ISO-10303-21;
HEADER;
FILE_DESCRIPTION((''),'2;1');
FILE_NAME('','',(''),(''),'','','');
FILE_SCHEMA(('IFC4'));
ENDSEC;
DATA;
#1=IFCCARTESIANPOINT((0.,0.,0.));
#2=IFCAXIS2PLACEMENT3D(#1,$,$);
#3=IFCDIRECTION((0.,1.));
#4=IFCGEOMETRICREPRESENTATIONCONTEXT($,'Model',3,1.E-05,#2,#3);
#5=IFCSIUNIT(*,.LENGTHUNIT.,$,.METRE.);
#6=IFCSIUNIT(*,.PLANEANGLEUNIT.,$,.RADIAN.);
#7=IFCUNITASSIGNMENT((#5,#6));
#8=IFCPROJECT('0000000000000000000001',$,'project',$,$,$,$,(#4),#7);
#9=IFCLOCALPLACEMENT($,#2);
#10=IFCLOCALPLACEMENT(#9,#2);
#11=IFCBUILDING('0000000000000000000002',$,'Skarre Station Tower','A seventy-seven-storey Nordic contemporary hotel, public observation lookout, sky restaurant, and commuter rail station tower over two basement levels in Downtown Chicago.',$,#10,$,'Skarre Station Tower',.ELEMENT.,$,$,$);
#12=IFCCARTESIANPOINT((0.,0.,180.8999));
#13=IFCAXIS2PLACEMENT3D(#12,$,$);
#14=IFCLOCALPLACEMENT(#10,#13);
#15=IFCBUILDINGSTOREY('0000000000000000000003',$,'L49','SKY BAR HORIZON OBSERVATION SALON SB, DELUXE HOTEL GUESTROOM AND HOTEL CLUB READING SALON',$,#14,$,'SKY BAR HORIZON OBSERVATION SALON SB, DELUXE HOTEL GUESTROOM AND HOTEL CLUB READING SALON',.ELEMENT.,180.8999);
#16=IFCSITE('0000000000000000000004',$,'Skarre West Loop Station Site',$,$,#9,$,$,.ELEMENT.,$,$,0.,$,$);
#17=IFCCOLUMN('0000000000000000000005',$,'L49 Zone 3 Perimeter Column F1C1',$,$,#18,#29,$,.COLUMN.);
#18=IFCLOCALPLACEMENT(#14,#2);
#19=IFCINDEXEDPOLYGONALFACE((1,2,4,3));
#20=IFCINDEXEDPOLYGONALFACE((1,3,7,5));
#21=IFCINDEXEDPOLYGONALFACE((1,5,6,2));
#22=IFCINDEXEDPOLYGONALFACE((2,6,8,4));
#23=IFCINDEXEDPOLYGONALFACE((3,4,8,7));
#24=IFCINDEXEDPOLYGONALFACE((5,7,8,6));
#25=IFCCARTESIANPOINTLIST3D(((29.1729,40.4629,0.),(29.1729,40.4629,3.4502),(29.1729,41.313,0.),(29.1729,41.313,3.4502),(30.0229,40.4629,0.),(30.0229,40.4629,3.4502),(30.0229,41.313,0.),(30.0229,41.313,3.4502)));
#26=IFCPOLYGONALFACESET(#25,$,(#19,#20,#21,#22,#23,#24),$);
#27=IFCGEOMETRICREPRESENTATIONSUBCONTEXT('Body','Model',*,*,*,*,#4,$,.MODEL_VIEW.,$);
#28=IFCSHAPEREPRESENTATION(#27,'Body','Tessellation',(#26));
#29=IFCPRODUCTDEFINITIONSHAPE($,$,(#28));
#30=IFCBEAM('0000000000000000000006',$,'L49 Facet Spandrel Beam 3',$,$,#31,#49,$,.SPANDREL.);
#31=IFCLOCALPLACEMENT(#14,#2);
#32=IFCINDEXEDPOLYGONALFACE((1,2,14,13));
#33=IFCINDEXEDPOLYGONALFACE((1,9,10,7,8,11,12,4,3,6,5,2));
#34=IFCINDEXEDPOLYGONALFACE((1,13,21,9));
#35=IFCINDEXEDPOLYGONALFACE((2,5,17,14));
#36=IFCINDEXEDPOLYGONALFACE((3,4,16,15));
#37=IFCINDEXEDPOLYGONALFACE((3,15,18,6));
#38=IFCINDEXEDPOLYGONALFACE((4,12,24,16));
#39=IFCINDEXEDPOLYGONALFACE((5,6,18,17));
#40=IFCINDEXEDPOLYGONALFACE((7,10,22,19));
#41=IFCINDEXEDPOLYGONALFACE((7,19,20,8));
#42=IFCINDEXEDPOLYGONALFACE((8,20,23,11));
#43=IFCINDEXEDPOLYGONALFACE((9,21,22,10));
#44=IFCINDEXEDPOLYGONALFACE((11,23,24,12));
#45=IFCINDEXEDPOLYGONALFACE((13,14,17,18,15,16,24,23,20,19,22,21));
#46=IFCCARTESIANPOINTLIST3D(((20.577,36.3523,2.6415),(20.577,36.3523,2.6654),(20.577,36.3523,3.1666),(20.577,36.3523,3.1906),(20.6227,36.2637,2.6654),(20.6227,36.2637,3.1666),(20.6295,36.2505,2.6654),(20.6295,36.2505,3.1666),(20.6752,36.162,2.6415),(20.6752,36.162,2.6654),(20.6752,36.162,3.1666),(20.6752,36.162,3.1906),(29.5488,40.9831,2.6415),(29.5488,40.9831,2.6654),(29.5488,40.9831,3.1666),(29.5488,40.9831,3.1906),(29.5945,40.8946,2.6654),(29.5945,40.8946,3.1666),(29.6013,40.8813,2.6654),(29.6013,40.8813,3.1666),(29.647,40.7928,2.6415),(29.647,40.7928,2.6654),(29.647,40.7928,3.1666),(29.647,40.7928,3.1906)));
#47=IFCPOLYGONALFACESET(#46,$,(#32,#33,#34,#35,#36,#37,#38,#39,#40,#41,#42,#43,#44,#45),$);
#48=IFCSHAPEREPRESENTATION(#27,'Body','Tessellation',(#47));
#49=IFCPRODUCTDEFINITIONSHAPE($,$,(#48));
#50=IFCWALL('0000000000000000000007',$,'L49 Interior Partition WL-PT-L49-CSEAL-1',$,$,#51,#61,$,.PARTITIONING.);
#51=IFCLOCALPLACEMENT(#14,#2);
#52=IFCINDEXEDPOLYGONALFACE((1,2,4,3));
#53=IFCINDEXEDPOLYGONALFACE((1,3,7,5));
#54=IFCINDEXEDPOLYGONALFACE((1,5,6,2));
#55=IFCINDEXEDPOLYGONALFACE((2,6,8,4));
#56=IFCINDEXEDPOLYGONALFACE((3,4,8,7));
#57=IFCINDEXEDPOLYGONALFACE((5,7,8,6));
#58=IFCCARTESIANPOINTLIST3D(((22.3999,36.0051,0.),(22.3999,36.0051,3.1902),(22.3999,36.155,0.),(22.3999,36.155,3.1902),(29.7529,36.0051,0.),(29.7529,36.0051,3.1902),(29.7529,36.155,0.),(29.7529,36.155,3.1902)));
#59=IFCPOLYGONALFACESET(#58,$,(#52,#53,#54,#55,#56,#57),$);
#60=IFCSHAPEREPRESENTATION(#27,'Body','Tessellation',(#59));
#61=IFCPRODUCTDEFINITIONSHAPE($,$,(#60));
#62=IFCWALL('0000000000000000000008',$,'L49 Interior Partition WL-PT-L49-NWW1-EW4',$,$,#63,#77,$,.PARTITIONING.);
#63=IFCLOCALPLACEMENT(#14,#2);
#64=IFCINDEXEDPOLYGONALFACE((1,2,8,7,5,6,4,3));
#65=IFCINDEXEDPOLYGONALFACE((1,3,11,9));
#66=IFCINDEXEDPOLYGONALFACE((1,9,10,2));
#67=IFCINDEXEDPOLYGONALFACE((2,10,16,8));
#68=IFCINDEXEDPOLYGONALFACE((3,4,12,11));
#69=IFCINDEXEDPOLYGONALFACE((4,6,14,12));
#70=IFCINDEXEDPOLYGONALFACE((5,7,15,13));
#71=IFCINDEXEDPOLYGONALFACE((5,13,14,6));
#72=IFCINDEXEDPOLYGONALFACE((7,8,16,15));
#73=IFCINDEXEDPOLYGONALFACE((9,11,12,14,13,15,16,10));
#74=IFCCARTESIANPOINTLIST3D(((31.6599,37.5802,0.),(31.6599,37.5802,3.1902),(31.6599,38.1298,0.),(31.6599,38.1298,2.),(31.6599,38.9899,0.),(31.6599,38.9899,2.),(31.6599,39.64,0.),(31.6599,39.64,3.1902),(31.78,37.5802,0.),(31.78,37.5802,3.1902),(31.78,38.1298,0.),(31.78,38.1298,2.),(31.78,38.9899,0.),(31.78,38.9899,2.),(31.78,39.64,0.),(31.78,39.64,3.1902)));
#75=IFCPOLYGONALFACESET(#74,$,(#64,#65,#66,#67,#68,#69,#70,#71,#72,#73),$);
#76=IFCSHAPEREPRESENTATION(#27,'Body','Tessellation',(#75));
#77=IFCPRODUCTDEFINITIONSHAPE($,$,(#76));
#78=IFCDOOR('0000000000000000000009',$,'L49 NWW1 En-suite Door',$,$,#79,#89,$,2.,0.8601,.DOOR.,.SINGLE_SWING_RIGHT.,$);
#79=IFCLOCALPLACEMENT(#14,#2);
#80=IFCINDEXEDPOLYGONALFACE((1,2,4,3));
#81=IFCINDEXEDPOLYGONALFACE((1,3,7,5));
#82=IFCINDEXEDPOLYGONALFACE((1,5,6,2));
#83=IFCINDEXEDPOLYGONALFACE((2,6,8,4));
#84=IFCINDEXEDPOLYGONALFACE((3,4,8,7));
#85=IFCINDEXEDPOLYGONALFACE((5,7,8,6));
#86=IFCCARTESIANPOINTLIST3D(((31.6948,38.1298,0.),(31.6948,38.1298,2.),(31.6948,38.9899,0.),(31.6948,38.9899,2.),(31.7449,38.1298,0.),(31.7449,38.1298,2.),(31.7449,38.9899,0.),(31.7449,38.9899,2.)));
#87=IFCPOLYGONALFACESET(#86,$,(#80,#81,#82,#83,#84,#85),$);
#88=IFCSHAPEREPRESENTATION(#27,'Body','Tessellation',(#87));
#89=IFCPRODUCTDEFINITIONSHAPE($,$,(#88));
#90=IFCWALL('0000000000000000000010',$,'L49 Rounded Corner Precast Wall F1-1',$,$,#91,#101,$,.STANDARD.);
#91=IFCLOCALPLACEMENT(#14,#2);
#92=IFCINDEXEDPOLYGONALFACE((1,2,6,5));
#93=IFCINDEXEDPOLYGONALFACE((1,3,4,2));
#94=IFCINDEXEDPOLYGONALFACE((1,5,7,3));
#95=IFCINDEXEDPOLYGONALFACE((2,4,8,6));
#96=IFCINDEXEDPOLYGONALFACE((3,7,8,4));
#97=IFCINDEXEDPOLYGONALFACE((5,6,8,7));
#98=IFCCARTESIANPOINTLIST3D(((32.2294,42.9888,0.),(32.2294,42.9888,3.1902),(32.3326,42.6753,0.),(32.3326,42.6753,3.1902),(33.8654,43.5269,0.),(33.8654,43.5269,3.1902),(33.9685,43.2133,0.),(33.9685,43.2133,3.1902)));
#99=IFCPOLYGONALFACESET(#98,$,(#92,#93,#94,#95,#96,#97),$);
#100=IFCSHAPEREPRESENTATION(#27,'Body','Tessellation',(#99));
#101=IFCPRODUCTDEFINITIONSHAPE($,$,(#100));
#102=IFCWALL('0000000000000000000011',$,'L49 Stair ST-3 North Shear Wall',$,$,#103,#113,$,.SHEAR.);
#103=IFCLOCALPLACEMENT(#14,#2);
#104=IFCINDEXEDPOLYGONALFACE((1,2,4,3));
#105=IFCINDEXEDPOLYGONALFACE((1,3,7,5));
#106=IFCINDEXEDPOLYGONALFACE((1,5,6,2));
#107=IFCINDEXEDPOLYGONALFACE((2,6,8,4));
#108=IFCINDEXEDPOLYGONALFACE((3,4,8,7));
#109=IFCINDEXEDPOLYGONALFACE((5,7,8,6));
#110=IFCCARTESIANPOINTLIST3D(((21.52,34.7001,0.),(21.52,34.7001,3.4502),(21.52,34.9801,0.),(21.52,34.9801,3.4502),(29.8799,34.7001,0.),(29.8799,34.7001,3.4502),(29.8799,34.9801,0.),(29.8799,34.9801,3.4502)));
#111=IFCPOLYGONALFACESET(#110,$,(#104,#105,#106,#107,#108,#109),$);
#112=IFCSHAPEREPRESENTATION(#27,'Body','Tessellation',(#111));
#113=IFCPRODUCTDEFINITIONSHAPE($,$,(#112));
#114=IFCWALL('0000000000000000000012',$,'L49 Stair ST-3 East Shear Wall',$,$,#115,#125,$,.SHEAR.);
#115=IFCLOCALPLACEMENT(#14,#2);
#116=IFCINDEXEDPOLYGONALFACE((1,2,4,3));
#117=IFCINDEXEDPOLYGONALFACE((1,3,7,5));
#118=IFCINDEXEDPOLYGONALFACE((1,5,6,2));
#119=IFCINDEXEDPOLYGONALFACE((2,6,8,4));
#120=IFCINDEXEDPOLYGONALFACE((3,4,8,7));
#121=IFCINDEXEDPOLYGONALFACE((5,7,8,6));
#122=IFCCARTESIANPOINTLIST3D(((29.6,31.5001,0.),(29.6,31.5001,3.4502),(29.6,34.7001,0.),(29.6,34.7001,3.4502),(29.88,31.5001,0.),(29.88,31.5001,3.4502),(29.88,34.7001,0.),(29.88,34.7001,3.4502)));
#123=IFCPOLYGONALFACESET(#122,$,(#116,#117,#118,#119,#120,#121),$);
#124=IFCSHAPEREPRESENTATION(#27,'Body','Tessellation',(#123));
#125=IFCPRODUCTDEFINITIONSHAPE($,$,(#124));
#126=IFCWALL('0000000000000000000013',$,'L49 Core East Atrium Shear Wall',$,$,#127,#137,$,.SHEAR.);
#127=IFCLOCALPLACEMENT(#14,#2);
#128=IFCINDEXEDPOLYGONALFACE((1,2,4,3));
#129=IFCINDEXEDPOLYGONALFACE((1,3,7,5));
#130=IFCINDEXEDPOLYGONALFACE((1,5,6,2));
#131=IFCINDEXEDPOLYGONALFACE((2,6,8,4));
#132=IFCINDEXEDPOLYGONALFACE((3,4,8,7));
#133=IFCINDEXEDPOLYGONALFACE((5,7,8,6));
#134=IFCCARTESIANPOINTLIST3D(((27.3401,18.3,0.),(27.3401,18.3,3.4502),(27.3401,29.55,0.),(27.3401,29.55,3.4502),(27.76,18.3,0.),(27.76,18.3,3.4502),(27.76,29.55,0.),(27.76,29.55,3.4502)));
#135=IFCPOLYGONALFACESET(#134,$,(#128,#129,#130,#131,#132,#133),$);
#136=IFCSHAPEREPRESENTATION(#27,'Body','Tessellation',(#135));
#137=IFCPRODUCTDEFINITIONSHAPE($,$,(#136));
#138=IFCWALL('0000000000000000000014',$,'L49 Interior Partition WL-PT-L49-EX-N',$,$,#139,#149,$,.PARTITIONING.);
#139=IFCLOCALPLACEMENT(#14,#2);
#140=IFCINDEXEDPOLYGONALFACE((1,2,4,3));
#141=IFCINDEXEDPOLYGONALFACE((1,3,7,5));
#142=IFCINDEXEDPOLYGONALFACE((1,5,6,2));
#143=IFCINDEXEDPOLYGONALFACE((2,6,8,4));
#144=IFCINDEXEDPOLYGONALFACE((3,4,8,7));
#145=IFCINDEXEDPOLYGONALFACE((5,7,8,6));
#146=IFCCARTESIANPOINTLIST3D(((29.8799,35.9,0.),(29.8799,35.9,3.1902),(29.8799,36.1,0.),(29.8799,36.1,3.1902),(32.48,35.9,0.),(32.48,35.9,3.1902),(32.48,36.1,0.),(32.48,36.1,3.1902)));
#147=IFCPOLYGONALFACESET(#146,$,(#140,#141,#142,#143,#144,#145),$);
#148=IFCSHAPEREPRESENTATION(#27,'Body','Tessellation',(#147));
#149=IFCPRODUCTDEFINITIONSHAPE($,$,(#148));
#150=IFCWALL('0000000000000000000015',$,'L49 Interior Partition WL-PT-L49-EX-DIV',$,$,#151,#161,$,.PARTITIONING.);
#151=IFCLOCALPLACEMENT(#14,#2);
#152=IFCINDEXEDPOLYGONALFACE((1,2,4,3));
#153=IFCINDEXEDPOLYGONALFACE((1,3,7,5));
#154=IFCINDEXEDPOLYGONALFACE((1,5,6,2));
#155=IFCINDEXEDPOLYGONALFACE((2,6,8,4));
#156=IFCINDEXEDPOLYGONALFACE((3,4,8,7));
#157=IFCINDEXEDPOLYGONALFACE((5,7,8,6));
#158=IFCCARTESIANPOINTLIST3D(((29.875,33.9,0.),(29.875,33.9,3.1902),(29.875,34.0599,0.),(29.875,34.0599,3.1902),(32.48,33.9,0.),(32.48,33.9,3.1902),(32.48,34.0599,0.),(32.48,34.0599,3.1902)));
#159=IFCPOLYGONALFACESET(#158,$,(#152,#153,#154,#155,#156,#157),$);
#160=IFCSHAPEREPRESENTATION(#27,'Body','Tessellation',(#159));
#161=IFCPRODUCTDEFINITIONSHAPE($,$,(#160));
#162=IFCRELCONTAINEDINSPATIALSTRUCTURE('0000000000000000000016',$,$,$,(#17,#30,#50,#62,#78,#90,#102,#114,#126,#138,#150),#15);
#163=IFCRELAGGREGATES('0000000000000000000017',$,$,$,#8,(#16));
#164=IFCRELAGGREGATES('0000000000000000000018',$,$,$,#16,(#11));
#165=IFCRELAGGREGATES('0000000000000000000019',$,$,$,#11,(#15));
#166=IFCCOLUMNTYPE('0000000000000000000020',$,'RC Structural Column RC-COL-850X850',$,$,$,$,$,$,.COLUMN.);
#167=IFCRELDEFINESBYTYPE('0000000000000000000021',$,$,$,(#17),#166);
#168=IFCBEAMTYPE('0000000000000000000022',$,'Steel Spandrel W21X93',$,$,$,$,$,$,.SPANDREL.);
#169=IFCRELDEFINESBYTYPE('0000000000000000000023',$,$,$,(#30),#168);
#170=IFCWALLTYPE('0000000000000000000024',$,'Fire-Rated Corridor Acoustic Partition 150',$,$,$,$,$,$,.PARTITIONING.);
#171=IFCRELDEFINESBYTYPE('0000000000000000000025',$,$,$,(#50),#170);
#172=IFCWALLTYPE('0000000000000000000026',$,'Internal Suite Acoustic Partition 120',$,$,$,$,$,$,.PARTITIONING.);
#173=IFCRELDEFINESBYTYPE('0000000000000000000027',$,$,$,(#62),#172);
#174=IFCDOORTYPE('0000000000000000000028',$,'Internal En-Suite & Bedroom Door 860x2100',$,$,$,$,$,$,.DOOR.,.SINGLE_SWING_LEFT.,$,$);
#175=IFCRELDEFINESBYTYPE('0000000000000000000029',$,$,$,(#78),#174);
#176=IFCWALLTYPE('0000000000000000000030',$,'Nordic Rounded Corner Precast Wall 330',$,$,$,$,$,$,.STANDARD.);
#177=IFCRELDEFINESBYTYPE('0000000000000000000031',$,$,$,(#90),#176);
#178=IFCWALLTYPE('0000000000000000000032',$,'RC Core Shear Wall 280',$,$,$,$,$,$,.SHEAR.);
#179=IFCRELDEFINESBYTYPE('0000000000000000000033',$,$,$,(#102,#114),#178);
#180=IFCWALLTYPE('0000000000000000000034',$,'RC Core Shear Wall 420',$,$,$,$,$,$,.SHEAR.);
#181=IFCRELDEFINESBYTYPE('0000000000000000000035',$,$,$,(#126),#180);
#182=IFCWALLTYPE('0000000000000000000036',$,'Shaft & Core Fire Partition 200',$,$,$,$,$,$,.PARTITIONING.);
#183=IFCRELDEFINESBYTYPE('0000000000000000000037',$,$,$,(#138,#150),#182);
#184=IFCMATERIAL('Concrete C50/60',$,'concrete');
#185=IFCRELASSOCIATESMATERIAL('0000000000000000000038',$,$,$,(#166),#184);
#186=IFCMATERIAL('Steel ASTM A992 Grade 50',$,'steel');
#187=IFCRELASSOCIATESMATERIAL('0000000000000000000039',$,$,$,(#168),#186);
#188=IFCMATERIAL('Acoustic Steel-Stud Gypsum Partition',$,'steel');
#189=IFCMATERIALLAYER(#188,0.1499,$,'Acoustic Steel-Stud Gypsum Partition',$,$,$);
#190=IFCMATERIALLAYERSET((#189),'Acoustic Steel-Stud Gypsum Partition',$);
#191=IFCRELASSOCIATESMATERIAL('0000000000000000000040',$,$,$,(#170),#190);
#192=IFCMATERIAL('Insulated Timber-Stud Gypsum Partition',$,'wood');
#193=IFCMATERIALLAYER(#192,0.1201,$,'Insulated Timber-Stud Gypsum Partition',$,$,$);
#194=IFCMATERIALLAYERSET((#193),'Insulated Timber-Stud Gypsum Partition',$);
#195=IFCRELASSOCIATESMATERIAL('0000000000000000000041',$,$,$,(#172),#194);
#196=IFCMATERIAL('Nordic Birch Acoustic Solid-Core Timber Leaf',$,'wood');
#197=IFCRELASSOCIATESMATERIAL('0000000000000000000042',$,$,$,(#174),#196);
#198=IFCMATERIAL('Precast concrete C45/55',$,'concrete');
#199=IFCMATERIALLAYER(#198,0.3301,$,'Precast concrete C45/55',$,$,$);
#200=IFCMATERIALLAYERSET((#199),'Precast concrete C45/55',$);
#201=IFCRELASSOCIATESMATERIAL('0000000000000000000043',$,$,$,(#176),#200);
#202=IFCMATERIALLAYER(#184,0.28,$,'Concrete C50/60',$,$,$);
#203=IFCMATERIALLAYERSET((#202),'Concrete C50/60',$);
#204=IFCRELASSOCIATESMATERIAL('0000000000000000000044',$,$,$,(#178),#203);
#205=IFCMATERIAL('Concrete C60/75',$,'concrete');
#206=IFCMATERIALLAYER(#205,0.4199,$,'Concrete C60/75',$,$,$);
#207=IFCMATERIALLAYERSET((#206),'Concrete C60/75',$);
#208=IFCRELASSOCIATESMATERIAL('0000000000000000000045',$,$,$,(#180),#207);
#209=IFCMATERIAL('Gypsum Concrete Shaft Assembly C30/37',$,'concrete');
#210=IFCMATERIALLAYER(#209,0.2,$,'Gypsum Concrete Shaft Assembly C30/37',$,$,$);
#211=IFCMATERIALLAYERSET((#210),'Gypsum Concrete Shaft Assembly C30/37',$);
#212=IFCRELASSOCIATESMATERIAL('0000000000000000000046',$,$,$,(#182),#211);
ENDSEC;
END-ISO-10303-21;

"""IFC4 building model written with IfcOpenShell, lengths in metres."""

from ifc_helpers import new_model, si_unit, direction, frame, frame_2d, origin, origin_2d, place, context, subcontext, project, spatial, rectangle, i_section, extrude, material, layer, layer_set, material_profile, profile_set, type_object, element, fill, save


model = new_model("IFC4")

# Units and contexts
model_context = context("Model", 3, precision=1e-05, world=origin(), true_north=direction((0.0, 1.0)))
body_context = subcontext(model_context, "Body", "Model", "MODEL_VIEW")
ifc_project = project(units=[si_unit("LENGTHUNIT", "METRE"), si_unit("PLANEANGLEUNIT", "RADIAN")], contexts=[model_context])

# Site, building, storey
site_placement = place(None, origin())
site = spatial("IfcSite", under=ifc_project, at=site_placement, Name="Skarre West Loop Station Site", CompositionType="ELEMENT", RefElevation=0.0)
building_placement = place(site_placement, origin())
building = spatial("IfcBuilding", under=site, at=building_placement, Name="Skarre Station Tower", Description="A seventy-seven-storey Nordic contemporary hotel, public observation lookout, sky restaurant, and commuter rail station tower over two basement levels in Downtown Chicago.", LongName="Skarre Station Tower", CompositionType="ELEMENT")
storey_placement = place(building_placement, frame((0.0, 0.0, 180.8999)))
storey = spatial("IfcBuildingStorey", under=building, at=storey_placement, Name="L49", Description="SKY BAR HORIZON OBSERVATION SALON SB, DELUXE HOTEL GUESTROOM AND HOTEL CLUB READING SALON", LongName="SKY BAR HORIZON OBSERVATION SALON SB, DELUXE HOTEL GUESTROOM AND HOTEL CLUB READING SALON", CompositionType="ELEMENT", Elevation=180.8999)

# Column
ifc_material_1 = material(Name="Concrete C50/60", Category="concrete")
ifc_material_profile_1 = material_profile(ifc_material_1, rectangle(XDim=0.8501, YDim=0.8501, at=origin_2d()), Name="Concrete C50/60")
ifc_profile_set_1 = profile_set([ifc_material_profile_1], Name="Concrete C50/60")
column_type = type_object("IfcColumnType", Name="RC Structural Column RC-COL-850X850", PredefinedType="COLUMN", material=ifc_profile_set_1)
column_placement = place(storey_placement, frame((29.5979, 40.8879, 0.0), z_axis=(0.0, 0.0, 1.0), x_axis=(1.0, 0.0, 0.0)))
element("IfcColumn", 1, at=column_placement, inside=storey, type_object=column_type, Name="L49 Zone 3 Perimeter Column F1C1", PredefinedType="COLUMN", context=body_context, shape_type="SweptSolid", body=[
    extrude(rectangle(XDim=0.8501, YDim=0.8501, at=origin_2d()), origin(), (0.0, 0.0, 1.0), 3.4502),
])

# Beam
ifc_material_2 = material(Name="Steel ASTM A992 Grade 50", Category="steel")
ifc_material_profile_2 = material_profile(ifc_material_2, i_section(OverallWidth=0.2141, OverallDepth=0.5491, WebThickness=0.0149, FlangeThickness=0.0239, at=origin_2d()), Name="Steel ASTM A992 Grade 50")
ifc_profile_set_2 = profile_set([ifc_material_profile_2], Name="Steel ASTM A992 Grade 50")
beam_type = type_object("IfcBeamType", Name="Steel Spandrel W21X93", PredefinedType="SPANDREL", material=ifc_profile_set_2)
beam_placement = place(storey_placement, frame((29.5979, 40.8879, 2.916), z_axis=(-0.888613, -0.458658, 0.0), x_axis=(0.458658, -0.888613, 0.0)))
element("IfcBeam", 2, at=beam_placement, inside=storey, type_object=beam_type, Name="L49 Facet Spandrel Beam 3", PredefinedType="SPANDREL", context=body_context, shape_type="SweptSolid", body=[
    extrude(i_section(OverallWidth=0.2141, OverallDepth=0.5491, WebThickness=0.0149, FlangeThickness=0.0239, at=origin_2d()), origin(), (0.0, 0.0, 1.0), 10.0964),
])

# Wall
ifc_material_3 = material(Name="Acoustic Steel-Stud Gypsum Partition", Category="steel")
ifc_layer_1 = layer(ifc_material_3, 0.1499, Name="Acoustic Steel-Stud Gypsum Partition")
ifc_layer_set_1 = layer_set([ifc_layer_1], Name="Acoustic Steel-Stud Gypsum Partition")
wall_type_1 = type_object("IfcWallType", Name="Fire-Rated Corridor Acoustic Partition 150", PredefinedType="PARTITIONING", material=ifc_layer_set_1)
wall_1_placement = place(storey_placement, frame((29.7529, 36.0801, 0.0), z_axis=(0.0, 0.0, 1.0), x_axis=(-1.0, 0.0, 0.0)))
element("IfcWall", 3, at=wall_1_placement, inside=storey, type_object=wall_type_1, Name="L49 Interior Partition WL-PT-L49-CSEAL-1", PredefinedType="PARTITIONING", context=body_context, shape_type="SweptSolid", body=[
    extrude(rectangle(XDim=7.353, YDim=0.1499, at=frame_2d((3.6765, 0.0))), origin(), (0.0, 0.0, 1.0), 3.1902),
])

# Wall, opening, door
ifc_material_4 = material(Name="Insulated Timber-Stud Gypsum Partition", Category="wood")
ifc_layer_2 = layer(ifc_material_4, 0.1201, Name="Insulated Timber-Stud Gypsum Partition")
ifc_layer_set_2 = layer_set([ifc_layer_2], Name="Insulated Timber-Stud Gypsum Partition")
wall_type_2 = type_object("IfcWallType", Name="Internal Suite Acoustic Partition 120", PredefinedType="PARTITIONING", material=ifc_layer_set_2)
wall_2_placement = place(storey_placement, frame((31.72, 39.6399, 0.0), z_axis=(0.0, 0.0, 1.0), x_axis=(0.0, -1.0, 0.0)))
wall_2 = element("IfcWall", 4, at=wall_2_placement, inside=storey, type_object=wall_type_2, Name="L49 Interior Partition WL-PT-L49-NWW1-EW4", PredefinedType="PARTITIONING", context=body_context, shape_type="SweptSolid", body=[
    extrude(rectangle(XDim=2.0598, YDim=0.1201, at=frame_2d((1.0298, 0.0))), origin(), (0.0, 0.0, 1.0), 3.1902),
])
opening_1_placement = place(wall_2_placement, frame((0.6499, 0.0, 0.0)))
opening_1 = element("IfcOpeningElement", 5, at=opening_1_placement, cuts=wall_2, PredefinedType="OPENING", context=body_context, shape_type="SweptSolid", body=[
    extrude(rectangle(XDim=0.8601, YDim=2.0, at=frame_2d((0.4302, 1.0))), frame((0.0, 0.0701, 0.0), z_axis=(0.0, -1.0, 0.0), x_axis=(1.0, 0.0, 0.0)), (0.0, 0.0, 1.0), 0.1401),
])
ifc_material_5 = material(Name="Nordic Birch Acoustic Solid-Core Timber Leaf", Category="wood")
door_type_1 = type_object("IfcDoorType", Name="Internal En-Suite & Bedroom Door 860x2100", OperationType="SINGLE_SWING_LEFT", PredefinedType="DOOR", material=ifc_material_5)
door_1_placement = place(opening_1_placement, origin())
door_1 = element("IfcDoor", 6, at=door_1_placement, inside=storey, type_object=door_type_1, Name="L49 NWW1 En-suite Door", OperationType="SINGLE_SWING_RIGHT", OverallHeight=2.0, OverallWidth=0.8601, PredefinedType="DOOR", context=body_context, shape_type="SweptSolid", body=[
    extrude(rectangle(XDim=0.8601, YDim=2.0, at=frame_2d((0.4302, 1.0))), frame((0.0, 0.0249, 0.0), z_axis=(0.0, -1.0, 0.0), x_axis=(1.0, 0.0, 0.0)), (0.0, 0.0, 1.0), 0.05),
])
fill(opening_1, door_1)

# Walls
ifc_material_6 = material(Name="Precast concrete C45/55", Category="concrete")
ifc_layer_3 = layer(ifc_material_6, 0.3301, Name="Precast concrete C45/55")
ifc_layer_set_3 = layer_set([ifc_layer_3], Name="Precast concrete C45/55")
wall_type_3 = type_object("IfcWallType", Name="Nordic Rounded Corner Precast Wall 330", PredefinedType="STANDARD", material=ifc_layer_set_3)
wall_3_placement = place(storey_placement, frame((32.281, 42.832, 0.0), z_axis=(0.0, 0.0, 1.0), x_axis=(0.949937, 0.31244, 0.0)))
element("IfcWall", 7, at=wall_3_placement, inside=storey, type_object=wall_type_3, Name="L49 Rounded Corner Precast Wall F1-1", PredefinedType="STANDARD", context=body_context, shape_type="SweptSolid", body=[
    extrude(rectangle(XDim=1.7222, YDim=0.3301, at=frame_2d((0.8611, 0.0))), origin(), (0.0, 0.0, 1.0), 3.1902),
])
ifc_layer_4 = layer(ifc_material_1, 0.28, Name="Concrete C50/60")
ifc_layer_set_4 = layer_set([ifc_layer_4], Name="Concrete C50/60")
wall_type_4 = type_object("IfcWallType", Name="RC Core Shear Wall 280", PredefinedType="SHEAR", material=ifc_layer_set_4)
wall_4_placement = place(storey_placement, frame((29.8799, 34.8401, 0.0), z_axis=(0.0, 0.0, 1.0), x_axis=(-1.0, 0.0, 0.0)))
element("IfcWall", 8, at=wall_4_placement, inside=storey, type_object=wall_type_4, Name="L49 Stair ST-3 North Shear Wall", PredefinedType="SHEAR", context=body_context, shape_type="SweptSolid", body=[
    extrude(rectangle(XDim=8.3599, YDim=0.28, at=frame_2d((4.1799, 0.0))), origin(), (0.0, 0.0, 1.0), 3.4502),
])
wall_5_placement = place(storey_placement, frame((29.74, 31.5, 0.0), z_axis=(0.0, 0.0, 1.0), x_axis=(0.0, 1.0, 0.0)))
element("IfcWall", 9, at=wall_5_placement, inside=storey, type_object=wall_type_4, Name="L49 Stair ST-3 East Shear Wall", PredefinedType="SHEAR", context=body_context, shape_type="SweptSolid", body=[
    extrude(rectangle(XDim=3.2, YDim=0.28, at=frame_2d((1.6001, 0.0))), origin(), (0.0, 0.0, 1.0), 3.4502),
])
ifc_material_7 = material(Name="Concrete C60/75", Category="concrete")
ifc_layer_5 = layer(ifc_material_7, 0.4199, Name="Concrete C60/75")
ifc_layer_set_5 = layer_set([ifc_layer_5], Name="Concrete C60/75")
wall_type_5 = type_object("IfcWallType", Name="RC Core Shear Wall 420", PredefinedType="SHEAR", material=ifc_layer_set_5)
wall_6_placement = place(storey_placement, frame((27.55, 29.55, 0.0), z_axis=(0.0, 0.0, 1.0), x_axis=(0.0, -1.0, 0.0)))
element("IfcWall", 10, at=wall_6_placement, inside=storey, type_object=wall_type_5, Name="L49 Core East Atrium Shear Wall", PredefinedType="SHEAR", context=body_context, shape_type="SweptSolid", body=[
    extrude(rectangle(XDim=11.25, YDim=0.4199, at=frame_2d((5.625, 0.0))), origin(), (0.0, 0.0, 1.0), 3.4502),
])
ifc_material_8 = material(Name="Gypsum Concrete Shaft Assembly C30/37", Category="concrete")
ifc_layer_6 = layer(ifc_material_8, 0.2, Name="Gypsum Concrete Shaft Assembly C30/37")
ifc_layer_set_6 = layer_set([ifc_layer_6], Name="Gypsum Concrete Shaft Assembly C30/37")
wall_type_6 = type_object("IfcWallType", Name="Shaft & Core Fire Partition 200", PredefinedType="PARTITIONING", material=ifc_layer_set_6)
wall_7_placement = place(storey_placement, frame((29.8799, 36.0, 0.0), z_axis=(0.0, 0.0, 1.0), x_axis=(1.0, 0.0, 0.0)))
element("IfcWall", 11, at=wall_7_placement, inside=storey, type_object=wall_type_6, Name="L49 Interior Partition WL-PT-L49-EX-N", PredefinedType="PARTITIONING", context=body_context, shape_type="SweptSolid", body=[
    extrude(rectangle(XDim=2.6001, YDim=0.2, at=frame_2d((1.3, 0.0))), origin(), (0.0, 0.0, 1.0), 3.1902),
])
wall_8_placement = place(storey_placement, frame((29.875, 33.98, 0.0), z_axis=(0.0, 0.0, 1.0), x_axis=(1.0, 0.0, 0.0)))
element("IfcWall", 12, at=wall_8_placement, inside=storey, type_object=wall_type_6, Name="L49 Interior Partition WL-PT-L49-EX-DIV", PredefinedType="PARTITIONING", context=body_context, shape_type="SweptSolid", body=[
    extrude(rectangle(XDim=2.605, YDim=0.1599, at=frame_2d((1.3025, 0.0))), origin(), (0.0, 0.0, 1.0), 3.1902),
])

save(model, "model.ifc")
